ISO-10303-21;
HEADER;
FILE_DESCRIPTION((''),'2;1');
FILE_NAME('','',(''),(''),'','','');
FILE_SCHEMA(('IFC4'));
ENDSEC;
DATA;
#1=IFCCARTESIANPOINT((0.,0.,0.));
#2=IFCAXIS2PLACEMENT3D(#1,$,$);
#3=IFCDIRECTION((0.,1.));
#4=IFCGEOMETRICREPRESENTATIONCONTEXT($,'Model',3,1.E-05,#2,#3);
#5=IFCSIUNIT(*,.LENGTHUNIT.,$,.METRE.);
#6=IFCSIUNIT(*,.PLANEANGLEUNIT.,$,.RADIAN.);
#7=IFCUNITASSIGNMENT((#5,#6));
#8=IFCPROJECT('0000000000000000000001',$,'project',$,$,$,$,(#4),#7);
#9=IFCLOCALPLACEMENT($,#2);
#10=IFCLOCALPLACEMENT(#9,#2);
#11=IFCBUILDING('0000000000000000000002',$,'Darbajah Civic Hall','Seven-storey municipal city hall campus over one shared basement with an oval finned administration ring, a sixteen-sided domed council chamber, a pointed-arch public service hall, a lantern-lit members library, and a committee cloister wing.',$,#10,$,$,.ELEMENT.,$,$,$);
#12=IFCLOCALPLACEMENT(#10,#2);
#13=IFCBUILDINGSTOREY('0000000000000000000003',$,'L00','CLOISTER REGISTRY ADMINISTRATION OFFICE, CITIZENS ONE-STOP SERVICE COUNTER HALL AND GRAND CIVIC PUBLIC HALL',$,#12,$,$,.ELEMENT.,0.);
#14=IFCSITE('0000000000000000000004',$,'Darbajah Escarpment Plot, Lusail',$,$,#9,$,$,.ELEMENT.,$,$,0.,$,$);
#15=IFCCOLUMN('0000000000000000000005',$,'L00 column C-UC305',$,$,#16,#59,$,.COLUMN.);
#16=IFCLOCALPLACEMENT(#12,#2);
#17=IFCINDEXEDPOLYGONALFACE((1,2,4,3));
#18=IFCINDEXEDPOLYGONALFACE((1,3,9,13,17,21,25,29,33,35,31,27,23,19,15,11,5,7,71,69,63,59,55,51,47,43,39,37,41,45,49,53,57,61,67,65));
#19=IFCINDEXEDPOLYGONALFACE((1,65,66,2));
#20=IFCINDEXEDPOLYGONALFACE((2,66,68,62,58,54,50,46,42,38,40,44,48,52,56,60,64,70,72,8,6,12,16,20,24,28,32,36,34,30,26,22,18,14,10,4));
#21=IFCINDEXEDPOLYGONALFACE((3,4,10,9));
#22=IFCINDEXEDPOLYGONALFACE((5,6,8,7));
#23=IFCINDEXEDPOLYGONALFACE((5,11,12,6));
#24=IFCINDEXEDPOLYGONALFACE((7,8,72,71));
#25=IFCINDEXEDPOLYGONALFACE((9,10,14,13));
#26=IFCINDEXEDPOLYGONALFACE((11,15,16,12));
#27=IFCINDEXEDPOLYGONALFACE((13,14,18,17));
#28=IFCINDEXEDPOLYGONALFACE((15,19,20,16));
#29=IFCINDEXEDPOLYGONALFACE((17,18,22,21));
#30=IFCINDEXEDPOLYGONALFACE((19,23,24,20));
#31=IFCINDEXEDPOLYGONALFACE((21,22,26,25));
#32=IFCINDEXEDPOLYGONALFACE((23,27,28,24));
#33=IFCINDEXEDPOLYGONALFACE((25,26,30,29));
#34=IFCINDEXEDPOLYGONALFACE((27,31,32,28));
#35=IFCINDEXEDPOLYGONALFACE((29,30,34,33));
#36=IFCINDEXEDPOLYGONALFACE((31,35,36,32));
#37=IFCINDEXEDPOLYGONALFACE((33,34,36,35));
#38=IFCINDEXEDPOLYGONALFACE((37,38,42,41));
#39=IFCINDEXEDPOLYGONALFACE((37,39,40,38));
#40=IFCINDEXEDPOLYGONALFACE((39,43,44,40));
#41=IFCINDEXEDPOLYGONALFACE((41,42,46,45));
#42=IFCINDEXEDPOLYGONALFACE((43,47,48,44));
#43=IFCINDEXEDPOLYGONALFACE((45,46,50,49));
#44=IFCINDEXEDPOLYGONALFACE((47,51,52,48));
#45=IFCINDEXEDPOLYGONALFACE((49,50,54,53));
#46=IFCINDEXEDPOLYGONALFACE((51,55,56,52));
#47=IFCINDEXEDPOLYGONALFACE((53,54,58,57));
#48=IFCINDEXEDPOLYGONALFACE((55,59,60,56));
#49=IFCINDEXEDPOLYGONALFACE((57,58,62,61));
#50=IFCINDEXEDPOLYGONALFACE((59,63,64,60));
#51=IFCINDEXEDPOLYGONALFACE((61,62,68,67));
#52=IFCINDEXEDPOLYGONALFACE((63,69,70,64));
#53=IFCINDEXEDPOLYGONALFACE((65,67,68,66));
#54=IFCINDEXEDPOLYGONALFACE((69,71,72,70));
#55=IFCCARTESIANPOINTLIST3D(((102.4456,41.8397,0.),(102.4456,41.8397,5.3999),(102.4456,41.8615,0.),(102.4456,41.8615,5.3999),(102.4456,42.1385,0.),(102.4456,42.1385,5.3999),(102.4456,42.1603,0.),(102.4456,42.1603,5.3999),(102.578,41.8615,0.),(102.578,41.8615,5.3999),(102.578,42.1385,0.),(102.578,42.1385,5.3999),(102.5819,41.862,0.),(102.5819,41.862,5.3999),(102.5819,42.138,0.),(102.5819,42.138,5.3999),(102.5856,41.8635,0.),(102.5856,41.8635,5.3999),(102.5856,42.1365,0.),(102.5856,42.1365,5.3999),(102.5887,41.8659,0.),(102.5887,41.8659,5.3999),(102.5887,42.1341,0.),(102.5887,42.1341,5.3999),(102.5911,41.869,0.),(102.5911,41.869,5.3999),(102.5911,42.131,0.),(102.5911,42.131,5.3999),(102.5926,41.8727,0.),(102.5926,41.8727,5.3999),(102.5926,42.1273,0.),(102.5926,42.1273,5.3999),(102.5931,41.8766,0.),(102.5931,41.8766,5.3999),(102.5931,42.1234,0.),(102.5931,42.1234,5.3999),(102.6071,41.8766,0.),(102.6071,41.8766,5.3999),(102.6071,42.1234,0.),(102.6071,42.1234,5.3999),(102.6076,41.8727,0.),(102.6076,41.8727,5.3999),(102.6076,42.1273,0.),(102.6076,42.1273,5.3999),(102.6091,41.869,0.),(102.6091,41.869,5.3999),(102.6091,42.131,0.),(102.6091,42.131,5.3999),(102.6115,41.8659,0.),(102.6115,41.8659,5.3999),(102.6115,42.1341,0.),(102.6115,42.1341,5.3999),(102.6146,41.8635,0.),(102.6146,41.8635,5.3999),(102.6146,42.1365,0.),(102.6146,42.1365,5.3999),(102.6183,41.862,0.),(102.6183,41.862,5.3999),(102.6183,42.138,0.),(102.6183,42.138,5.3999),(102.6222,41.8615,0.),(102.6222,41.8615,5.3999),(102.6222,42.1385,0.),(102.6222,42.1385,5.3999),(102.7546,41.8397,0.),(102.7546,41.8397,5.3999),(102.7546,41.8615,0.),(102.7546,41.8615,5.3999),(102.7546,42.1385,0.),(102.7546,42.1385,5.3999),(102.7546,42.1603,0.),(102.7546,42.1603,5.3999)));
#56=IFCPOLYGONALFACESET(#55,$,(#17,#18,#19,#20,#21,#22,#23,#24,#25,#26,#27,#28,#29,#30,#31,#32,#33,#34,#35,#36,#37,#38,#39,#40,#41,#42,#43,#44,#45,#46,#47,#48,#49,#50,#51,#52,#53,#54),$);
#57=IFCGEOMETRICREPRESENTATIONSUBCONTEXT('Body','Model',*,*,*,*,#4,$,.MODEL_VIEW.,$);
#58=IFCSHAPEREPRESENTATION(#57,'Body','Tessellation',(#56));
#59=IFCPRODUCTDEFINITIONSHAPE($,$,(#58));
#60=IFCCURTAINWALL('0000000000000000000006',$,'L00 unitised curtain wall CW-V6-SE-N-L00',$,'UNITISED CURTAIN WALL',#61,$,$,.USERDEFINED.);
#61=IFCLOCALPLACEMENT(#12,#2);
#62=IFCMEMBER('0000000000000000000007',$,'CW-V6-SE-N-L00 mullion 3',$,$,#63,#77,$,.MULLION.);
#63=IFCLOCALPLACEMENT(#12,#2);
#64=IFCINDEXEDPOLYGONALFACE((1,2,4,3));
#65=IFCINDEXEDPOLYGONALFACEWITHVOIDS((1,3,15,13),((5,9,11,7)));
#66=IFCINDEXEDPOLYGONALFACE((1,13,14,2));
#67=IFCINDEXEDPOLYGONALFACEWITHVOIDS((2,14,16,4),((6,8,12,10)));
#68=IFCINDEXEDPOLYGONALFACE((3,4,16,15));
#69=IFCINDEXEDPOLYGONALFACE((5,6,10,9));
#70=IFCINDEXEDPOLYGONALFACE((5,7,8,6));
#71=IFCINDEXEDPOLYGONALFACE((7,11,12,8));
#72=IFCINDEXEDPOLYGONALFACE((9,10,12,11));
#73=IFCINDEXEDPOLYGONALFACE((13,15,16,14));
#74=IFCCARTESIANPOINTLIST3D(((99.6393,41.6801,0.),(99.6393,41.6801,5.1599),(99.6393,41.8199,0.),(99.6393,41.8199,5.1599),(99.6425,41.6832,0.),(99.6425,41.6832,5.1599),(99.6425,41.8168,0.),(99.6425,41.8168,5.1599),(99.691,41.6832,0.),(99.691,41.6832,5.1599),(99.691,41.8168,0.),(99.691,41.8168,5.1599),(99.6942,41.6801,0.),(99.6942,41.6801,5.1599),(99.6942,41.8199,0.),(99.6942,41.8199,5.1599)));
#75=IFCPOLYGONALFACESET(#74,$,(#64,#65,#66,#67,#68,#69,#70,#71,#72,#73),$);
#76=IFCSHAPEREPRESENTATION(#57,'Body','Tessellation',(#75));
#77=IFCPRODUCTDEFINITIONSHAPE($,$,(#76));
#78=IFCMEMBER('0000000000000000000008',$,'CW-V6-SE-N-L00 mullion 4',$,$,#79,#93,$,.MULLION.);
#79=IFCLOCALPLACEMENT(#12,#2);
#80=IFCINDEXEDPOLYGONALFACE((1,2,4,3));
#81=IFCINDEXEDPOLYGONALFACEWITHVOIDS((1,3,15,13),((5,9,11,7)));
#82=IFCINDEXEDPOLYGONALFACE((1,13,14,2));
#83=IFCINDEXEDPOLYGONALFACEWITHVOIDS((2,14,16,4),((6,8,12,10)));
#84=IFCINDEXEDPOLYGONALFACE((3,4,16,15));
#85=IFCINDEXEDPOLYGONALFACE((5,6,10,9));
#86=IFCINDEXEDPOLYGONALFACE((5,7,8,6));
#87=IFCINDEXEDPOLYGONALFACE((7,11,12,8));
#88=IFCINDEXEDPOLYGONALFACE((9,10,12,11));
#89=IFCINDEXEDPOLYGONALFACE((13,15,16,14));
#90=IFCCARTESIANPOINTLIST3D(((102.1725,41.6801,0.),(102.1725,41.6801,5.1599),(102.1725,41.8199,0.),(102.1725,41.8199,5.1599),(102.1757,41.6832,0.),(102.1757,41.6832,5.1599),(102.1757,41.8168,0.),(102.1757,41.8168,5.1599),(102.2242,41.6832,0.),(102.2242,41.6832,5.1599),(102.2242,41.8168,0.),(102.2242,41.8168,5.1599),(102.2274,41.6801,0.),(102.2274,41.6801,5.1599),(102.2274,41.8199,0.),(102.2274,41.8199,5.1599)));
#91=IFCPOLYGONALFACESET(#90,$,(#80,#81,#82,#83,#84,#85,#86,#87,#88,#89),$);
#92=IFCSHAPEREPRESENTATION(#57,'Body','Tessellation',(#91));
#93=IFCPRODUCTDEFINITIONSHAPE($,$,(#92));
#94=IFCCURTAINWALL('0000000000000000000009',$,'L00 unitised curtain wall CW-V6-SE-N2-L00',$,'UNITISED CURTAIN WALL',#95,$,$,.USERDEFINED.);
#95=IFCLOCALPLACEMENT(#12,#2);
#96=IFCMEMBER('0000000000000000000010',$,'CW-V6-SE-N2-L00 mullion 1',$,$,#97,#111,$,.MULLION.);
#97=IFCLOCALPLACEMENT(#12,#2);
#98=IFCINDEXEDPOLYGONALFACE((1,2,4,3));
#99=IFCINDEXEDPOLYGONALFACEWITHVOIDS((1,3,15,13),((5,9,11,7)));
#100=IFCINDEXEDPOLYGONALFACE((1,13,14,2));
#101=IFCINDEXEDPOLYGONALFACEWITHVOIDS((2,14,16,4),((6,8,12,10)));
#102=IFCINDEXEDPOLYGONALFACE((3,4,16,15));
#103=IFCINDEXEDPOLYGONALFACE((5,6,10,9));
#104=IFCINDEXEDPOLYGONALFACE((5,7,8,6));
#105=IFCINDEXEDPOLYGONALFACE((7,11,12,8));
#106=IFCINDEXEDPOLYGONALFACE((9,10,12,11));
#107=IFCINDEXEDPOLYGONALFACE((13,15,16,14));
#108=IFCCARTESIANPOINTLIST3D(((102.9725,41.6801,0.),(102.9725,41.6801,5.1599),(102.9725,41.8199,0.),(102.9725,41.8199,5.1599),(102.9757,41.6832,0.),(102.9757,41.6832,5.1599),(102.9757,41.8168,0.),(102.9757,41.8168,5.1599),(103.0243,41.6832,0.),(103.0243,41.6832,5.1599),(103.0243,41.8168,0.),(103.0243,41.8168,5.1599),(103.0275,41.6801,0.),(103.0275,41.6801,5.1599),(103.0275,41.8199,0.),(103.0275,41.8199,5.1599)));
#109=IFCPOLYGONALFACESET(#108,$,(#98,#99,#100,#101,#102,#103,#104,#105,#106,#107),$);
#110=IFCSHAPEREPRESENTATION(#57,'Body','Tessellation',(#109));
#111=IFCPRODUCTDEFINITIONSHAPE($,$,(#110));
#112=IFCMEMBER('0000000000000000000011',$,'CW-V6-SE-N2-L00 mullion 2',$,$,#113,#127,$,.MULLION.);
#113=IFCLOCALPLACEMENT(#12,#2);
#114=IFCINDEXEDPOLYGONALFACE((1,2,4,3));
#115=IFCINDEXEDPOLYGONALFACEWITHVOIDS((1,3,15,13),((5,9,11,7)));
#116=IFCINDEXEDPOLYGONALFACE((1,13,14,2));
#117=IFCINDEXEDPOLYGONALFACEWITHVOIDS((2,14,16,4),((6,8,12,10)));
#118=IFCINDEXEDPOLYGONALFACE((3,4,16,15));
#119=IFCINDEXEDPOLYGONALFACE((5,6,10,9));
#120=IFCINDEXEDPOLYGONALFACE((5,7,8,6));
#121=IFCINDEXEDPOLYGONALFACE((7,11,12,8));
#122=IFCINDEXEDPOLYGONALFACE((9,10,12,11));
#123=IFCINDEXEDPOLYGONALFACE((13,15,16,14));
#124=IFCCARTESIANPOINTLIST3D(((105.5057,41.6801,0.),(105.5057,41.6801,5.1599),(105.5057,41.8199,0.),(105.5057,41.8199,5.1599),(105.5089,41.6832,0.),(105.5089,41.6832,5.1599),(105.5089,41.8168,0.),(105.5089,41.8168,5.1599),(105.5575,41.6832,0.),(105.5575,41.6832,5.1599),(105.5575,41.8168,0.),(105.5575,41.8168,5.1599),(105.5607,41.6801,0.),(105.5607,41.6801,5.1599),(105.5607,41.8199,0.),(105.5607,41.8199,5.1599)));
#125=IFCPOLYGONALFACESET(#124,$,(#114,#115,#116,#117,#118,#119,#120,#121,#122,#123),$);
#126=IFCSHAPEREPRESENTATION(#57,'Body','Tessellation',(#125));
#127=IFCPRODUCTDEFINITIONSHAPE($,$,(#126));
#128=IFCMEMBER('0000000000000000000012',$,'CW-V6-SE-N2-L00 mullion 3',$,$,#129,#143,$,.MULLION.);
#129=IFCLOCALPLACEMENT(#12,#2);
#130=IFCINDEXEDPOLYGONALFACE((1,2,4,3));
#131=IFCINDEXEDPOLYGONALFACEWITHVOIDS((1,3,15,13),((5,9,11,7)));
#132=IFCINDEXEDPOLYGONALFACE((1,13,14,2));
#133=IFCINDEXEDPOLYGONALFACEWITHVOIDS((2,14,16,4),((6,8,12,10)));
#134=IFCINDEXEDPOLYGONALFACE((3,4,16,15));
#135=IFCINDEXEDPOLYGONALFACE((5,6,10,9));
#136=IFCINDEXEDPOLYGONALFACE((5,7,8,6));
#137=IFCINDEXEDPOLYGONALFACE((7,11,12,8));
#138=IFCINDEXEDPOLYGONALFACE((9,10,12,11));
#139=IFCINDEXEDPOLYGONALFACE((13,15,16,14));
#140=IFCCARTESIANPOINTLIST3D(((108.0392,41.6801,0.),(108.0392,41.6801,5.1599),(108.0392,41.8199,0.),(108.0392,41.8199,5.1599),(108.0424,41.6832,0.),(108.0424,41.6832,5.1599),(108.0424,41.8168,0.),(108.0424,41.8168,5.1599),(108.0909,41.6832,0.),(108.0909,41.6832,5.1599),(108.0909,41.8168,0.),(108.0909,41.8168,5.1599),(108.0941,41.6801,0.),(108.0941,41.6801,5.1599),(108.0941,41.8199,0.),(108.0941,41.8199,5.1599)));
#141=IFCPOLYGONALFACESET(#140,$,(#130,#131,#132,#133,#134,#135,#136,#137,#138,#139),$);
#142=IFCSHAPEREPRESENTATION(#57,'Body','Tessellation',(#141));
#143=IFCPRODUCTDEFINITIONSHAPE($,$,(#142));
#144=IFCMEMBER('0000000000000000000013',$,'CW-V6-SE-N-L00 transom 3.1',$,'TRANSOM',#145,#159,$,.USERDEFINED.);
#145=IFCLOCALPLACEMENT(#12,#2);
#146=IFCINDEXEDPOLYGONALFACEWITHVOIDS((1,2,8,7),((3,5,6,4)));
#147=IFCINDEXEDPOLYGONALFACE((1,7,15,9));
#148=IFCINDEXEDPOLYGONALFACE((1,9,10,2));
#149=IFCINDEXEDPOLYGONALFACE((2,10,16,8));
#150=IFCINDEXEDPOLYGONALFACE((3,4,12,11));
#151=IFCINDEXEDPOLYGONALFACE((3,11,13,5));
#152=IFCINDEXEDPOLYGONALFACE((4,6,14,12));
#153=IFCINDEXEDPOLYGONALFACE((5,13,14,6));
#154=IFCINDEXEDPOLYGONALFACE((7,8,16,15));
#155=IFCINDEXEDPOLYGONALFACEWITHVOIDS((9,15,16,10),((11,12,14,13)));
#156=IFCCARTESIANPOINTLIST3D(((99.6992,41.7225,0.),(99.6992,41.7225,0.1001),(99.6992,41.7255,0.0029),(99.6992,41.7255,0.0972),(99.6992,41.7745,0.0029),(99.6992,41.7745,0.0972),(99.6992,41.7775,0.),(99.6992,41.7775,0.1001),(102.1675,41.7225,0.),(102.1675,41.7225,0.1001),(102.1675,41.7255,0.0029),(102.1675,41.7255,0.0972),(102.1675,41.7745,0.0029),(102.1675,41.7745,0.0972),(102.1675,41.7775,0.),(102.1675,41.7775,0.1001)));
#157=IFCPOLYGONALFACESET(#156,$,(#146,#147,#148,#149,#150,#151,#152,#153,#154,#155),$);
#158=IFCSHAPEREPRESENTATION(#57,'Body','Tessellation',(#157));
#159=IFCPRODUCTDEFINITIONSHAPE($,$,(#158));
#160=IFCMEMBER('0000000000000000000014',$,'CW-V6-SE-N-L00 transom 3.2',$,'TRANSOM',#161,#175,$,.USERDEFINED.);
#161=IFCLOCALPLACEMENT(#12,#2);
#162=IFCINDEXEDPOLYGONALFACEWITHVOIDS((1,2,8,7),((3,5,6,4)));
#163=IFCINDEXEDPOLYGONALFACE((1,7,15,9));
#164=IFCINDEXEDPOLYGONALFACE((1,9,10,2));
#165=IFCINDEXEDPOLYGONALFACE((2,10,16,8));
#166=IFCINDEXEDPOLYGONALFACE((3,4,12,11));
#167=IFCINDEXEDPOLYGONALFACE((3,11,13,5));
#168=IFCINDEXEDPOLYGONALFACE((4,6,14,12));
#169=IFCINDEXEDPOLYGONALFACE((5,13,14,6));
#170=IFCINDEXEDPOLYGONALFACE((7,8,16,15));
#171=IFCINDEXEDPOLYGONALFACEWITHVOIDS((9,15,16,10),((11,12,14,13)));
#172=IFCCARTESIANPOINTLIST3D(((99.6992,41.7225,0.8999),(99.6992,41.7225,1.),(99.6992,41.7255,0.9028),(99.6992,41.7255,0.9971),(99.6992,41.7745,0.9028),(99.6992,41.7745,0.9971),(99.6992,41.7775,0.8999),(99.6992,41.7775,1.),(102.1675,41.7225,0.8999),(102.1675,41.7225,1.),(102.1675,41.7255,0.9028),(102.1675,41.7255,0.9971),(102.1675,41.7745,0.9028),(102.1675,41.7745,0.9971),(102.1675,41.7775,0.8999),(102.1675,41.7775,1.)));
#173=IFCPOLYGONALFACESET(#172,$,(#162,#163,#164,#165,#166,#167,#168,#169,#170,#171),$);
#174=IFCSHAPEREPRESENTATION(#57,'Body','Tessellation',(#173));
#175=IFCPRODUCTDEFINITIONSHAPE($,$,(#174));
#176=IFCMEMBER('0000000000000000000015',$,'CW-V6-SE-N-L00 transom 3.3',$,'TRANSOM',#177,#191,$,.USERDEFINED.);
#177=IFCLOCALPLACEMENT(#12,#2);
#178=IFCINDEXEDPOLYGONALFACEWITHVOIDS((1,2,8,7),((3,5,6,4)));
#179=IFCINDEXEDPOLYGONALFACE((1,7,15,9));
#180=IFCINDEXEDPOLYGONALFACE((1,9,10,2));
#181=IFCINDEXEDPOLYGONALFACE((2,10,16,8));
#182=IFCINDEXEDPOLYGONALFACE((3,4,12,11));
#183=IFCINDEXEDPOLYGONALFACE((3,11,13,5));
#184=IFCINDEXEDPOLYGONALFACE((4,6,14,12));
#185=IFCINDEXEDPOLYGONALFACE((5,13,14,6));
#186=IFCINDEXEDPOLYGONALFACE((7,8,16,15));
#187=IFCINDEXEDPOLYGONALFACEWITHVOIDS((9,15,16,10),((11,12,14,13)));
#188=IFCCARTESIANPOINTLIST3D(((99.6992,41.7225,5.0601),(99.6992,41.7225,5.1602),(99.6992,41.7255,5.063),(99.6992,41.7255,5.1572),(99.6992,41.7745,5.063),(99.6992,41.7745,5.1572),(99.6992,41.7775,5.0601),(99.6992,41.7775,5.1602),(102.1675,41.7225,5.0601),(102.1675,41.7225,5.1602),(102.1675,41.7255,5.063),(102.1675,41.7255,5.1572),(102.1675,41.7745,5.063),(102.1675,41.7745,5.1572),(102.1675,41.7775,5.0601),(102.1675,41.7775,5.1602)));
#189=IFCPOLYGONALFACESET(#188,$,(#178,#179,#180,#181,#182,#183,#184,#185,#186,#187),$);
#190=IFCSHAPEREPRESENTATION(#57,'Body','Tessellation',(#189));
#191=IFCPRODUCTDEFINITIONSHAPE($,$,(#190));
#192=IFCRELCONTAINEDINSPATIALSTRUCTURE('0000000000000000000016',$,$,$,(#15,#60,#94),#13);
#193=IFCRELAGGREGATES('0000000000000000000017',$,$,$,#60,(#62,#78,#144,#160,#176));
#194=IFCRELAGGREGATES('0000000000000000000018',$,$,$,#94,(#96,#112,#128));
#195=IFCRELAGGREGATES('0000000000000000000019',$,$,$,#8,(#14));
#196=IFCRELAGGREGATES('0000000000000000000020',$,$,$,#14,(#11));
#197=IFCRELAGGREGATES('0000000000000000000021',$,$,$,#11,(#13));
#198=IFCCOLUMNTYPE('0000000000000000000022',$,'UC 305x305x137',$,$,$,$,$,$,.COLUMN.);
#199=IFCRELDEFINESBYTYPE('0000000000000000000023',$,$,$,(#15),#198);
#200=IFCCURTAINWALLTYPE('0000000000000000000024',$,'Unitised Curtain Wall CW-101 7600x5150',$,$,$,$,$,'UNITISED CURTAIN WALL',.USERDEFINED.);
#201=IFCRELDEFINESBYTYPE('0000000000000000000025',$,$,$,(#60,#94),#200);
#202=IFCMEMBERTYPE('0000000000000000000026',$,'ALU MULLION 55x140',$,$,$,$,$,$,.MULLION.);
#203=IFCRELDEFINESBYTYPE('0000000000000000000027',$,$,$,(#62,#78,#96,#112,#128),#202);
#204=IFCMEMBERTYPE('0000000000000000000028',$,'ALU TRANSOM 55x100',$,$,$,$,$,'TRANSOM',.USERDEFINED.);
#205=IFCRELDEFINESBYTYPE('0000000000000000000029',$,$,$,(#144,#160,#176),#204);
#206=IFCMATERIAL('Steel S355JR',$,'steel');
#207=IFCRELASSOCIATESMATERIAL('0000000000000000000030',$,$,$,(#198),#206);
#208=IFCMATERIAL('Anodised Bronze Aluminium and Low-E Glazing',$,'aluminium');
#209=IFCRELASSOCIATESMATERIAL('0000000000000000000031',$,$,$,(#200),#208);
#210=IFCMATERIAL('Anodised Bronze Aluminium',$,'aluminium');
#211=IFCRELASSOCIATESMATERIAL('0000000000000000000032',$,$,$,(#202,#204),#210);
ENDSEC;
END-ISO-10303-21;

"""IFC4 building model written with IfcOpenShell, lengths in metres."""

from ifc_helpers import new_model, si_unit, direction, frame, origin, origin_2d, place, context, subcontext, project, spatial, hollow_rectangle, i_section, extrude, material, material_profile, profile_set, type_object, element, aggregate, save


model = new_model("IFC4")

# Units and contexts
model_context = context("Model", 3, precision=1e-05, world=origin(), true_north=direction((0.0, 1.0)))
body_context = subcontext(model_context, "Body", "Model", "MODEL_VIEW")
ifc_project = project(units=[si_unit("LENGTHUNIT", "METRE"), si_unit("PLANEANGLEUNIT", "RADIAN")], contexts=[model_context])

# Site, building, storey
site_placement = place(None, origin())
site = spatial("IfcSite", under=ifc_project, at=site_placement, Name="Darbajah Escarpment Plot, Lusail", CompositionType="ELEMENT", RefElevation=0.0)
building_placement = place(site_placement, origin())
building = spatial("IfcBuilding", under=site, at=building_placement, Name="Darbajah Civic Hall", Description="Seven-storey municipal city hall campus over one shared basement with an oval finned administration ring, a sixteen-sided domed council chamber, a pointed-arch public service hall, a lantern-lit members library, and a committee cloister wing.", CompositionType="ELEMENT")
storey_placement = place(building_placement, origin())
storey = spatial("IfcBuildingStorey", under=building, at=storey_placement, Name="L00", Description="CLOISTER REGISTRY ADMINISTRATION OFFICE, CITIZENS ONE-STOP SERVICE COUNTER HALL AND GRAND CIVIC PUBLIC HALL", CompositionType="ELEMENT", Elevation=0.0)

# Column
ifc_material_1 = material(Name="Steel S355JR", Category="steel")
ifc_material_profile_1 = material_profile(ifc_material_1, i_section(OverallWidth=0.3091, OverallDepth=0.3206, WebThickness=0.0139, FlangeThickness=0.0217, FilletRadius=0.0151, at=origin_2d()), Name="UC 305x305x137")
ifc_profile_set_1 = profile_set([ifc_material_profile_1], Name="Steel S355JR")
column_type = type_object("IfcColumnType", Name="UC 305x305x137", PredefinedType="COLUMN", material=ifc_profile_set_1)
column_placement = place(storey_placement, frame((102.6001, 42.0, 0.0), z_axis=(0.0, 0.0, 1.0), x_axis=(1.0, 0.0, 0.0)))
element("IfcColumn", 1, at=column_placement, inside=storey, type_object=column_type, Name="L00 column C-UC305", PredefinedType="COLUMN", context=body_context, shape_type="SweptSolid", body=[
    extrude(i_section(OverallWidth=0.3091, OverallDepth=0.3206, WebThickness=0.0139, FlangeThickness=0.0217, FilletRadius=0.0151, at=origin_2d()), origin(), (0.0, 0.0, 1.0), 5.3999),
])

# Curtain walls, members
ifc_material_2 = material(Name="Anodised Bronze Aluminium and Low-E Glazing", Category="aluminium")
curtain_wall_type = type_object("IfcCurtainWallType", Name="Unitised Curtain Wall CW-101 7600x5150", ElementType="UNITISED CURTAIN WALL", PredefinedType="USERDEFINED", material=ifc_material_2)
curtain_wall_1_placement = place(storey_placement, origin())
curtain_wall_1 = element("IfcCurtainWall", 2, at=curtain_wall_1_placement, inside=storey, type_object=curtain_wall_type, Name="L00 unitised curtain wall CW-V6-SE-N-L00", ObjectType="UNITISED CURTAIN WALL", PredefinedType="USERDEFINED")
ifc_material_3 = material(Name="Anodised Bronze Aluminium", Category="aluminium")
ifc_material_profile_2 = material_profile(ifc_material_3, hollow_rectangle(XDim=0.0549, YDim=0.1399, WallThickness=0.0032, at=origin_2d()), Name="ALU MULLION 55x140")
ifc_profile_set_2 = profile_set([ifc_material_profile_2], Name="Anodised Bronze Aluminium")
member_type_1 = type_object("IfcMemberType", Name="ALU MULLION 55x140", PredefinedType="MULLION", material=ifc_profile_set_2)
member_1_placement = place(storey_placement, frame((99.6667, 41.75, 0.0), z_axis=(0.0, 0.0, 1.0), x_axis=(1.0, 0.0, 0.0)))
member_1 = element("IfcMember", 3, at=member_1_placement, type_object=member_type_1, Name="CW-V6-SE-N-L00 mullion 3", PredefinedType="MULLION", context=body_context, shape_type="SweptSolid", body=[
    extrude(hollow_rectangle(XDim=0.0549, YDim=0.1399, WallThickness=0.0032, at=origin_2d()), origin(), (0.0, 0.0, 1.0), 5.1599),
])
member_2_placement = place(storey_placement, frame((102.2, 41.75, 0.0), z_axis=(0.0, 0.0, 1.0), x_axis=(1.0, 0.0, 0.0)))
member_2 = element("IfcMember", 4, at=member_2_placement, type_object=member_type_1, Name="CW-V6-SE-N-L00 mullion 4", PredefinedType="MULLION", context=body_context, shape_type="SweptSolid", body=[
    extrude(hollow_rectangle(XDim=0.0549, YDim=0.1399, WallThickness=0.0032, at=origin_2d()), origin(), (0.0, 0.0, 1.0), 5.1599),
])
curtain_wall_2_placement = place(storey_placement, origin())
curtain_wall_2 = element("IfcCurtainWall", 5, at=curtain_wall_2_placement, inside=storey, type_object=curtain_wall_type, Name="L00 unitised curtain wall CW-V6-SE-N2-L00", ObjectType="UNITISED CURTAIN WALL", PredefinedType="USERDEFINED")
member_3_placement = place(storey_placement, frame((103.0, 41.75, 0.0), z_axis=(0.0, 0.0, 1.0), x_axis=(1.0, 0.0, 0.0)))
member_3 = element("IfcMember", 6, at=member_3_placement, type_object=member_type_1, Name="CW-V6-SE-N2-L00 mullion 1", PredefinedType="MULLION", context=body_context, shape_type="SweptSolid", body=[
    extrude(hollow_rectangle(XDim=0.0549, YDim=0.1399, WallThickness=0.0032, at=origin_2d()), origin(), (0.0, 0.0, 1.0), 5.1599),
])
member_4_placement = place(storey_placement, frame((105.5332, 41.75, 0.0), z_axis=(0.0, 0.0, 1.0), x_axis=(1.0, 0.0, 0.0)))
member_4 = element("IfcMember", 7, at=member_4_placement, type_object=member_type_1, Name="CW-V6-SE-N2-L00 mullion 2", PredefinedType="MULLION", context=body_context, shape_type="SweptSolid", body=[
    extrude(hollow_rectangle(XDim=0.0549, YDim=0.1399, WallThickness=0.0032, at=origin_2d()), origin(), (0.0, 0.0, 1.0), 5.1599),
])
member_5_placement = place(storey_placement, frame((108.0667, 41.75, 0.0), z_axis=(0.0, 0.0, 1.0), x_axis=(1.0, 0.0, 0.0)))
member_5 = element("IfcMember", 8, at=member_5_placement, type_object=member_type_1, Name="CW-V6-SE-N2-L00 mullion 3", PredefinedType="MULLION", context=body_context, shape_type="SweptSolid", body=[
    extrude(hollow_rectangle(XDim=0.0549, YDim=0.1399, WallThickness=0.0032, at=origin_2d()), origin(), (0.0, 0.0, 1.0), 5.1599),
])

# Members
ifc_material_profile_3 = material_profile(ifc_material_3, hollow_rectangle(XDim=0.0549, YDim=0.1001, WallThickness=0.0029, at=origin_2d()), Name="ALU TRANSOM 55x100")
ifc_profile_set_3 = profile_set([ifc_material_profile_3], Name="Anodised Bronze Aluminium")
member_type_2 = type_object("IfcMemberType", Name="ALU TRANSOM 55x100", ElementType="TRANSOM", PredefinedType="USERDEFINED", material=ifc_profile_set_3)
member_6_placement = place(storey_placement, frame((99.6992, 41.75, 0.05), z_axis=(1.0, 0.0, 0.0), x_axis=(0.0, 1.0, 0.0)))
member_6 = element("IfcMember", 9, at=member_6_placement, type_object=member_type_2, Name="CW-V6-SE-N-L00 transom 3.1", ObjectType="TRANSOM", PredefinedType="USERDEFINED", context=body_context, shape_type="SweptSolid", body=[
    extrude(hollow_rectangle(XDim=0.0549, YDim=0.1001, WallThickness=0.0029, at=origin_2d()), origin(), (0.0, 0.0, 1.0), 2.4683),
])
member_7_placement = place(storey_placement, frame((99.6992, 41.75, 0.95), z_axis=(1.0, 0.0, 0.0), x_axis=(0.0, 1.0, 0.0)))
member_7 = element("IfcMember", 10, at=member_7_placement, type_object=member_type_2, Name="CW-V6-SE-N-L00 transom 3.2", ObjectType="TRANSOM", PredefinedType="USERDEFINED", context=body_context, shape_type="SweptSolid", body=[
    extrude(hollow_rectangle(XDim=0.0549, YDim=0.1001, WallThickness=0.0029, at=origin_2d()), origin(), (0.0, 0.0, 1.0), 2.4683),
])
member_8_placement = place(storey_placement, frame((99.6992, 41.75, 5.1101), z_axis=(1.0, 0.0, 0.0), x_axis=(0.0, 1.0, 0.0)))
member_8 = element("IfcMember", 11, at=member_8_placement, type_object=member_type_2, Name="CW-V6-SE-N-L00 transom 3.3", ObjectType="TRANSOM", PredefinedType="USERDEFINED", context=body_context, shape_type="SweptSolid", body=[
    extrude(hollow_rectangle(XDim=0.0549, YDim=0.1001, WallThickness=0.0029, at=origin_2d()), origin(), (0.0, 0.0, 1.0), 2.4683),
])

aggregate(curtain_wall_1, [member_1, member_2, member_6, member_7, member_8])
aggregate(curtain_wall_2, [member_3, member_4, member_5])

save(model, "model.ifc")
